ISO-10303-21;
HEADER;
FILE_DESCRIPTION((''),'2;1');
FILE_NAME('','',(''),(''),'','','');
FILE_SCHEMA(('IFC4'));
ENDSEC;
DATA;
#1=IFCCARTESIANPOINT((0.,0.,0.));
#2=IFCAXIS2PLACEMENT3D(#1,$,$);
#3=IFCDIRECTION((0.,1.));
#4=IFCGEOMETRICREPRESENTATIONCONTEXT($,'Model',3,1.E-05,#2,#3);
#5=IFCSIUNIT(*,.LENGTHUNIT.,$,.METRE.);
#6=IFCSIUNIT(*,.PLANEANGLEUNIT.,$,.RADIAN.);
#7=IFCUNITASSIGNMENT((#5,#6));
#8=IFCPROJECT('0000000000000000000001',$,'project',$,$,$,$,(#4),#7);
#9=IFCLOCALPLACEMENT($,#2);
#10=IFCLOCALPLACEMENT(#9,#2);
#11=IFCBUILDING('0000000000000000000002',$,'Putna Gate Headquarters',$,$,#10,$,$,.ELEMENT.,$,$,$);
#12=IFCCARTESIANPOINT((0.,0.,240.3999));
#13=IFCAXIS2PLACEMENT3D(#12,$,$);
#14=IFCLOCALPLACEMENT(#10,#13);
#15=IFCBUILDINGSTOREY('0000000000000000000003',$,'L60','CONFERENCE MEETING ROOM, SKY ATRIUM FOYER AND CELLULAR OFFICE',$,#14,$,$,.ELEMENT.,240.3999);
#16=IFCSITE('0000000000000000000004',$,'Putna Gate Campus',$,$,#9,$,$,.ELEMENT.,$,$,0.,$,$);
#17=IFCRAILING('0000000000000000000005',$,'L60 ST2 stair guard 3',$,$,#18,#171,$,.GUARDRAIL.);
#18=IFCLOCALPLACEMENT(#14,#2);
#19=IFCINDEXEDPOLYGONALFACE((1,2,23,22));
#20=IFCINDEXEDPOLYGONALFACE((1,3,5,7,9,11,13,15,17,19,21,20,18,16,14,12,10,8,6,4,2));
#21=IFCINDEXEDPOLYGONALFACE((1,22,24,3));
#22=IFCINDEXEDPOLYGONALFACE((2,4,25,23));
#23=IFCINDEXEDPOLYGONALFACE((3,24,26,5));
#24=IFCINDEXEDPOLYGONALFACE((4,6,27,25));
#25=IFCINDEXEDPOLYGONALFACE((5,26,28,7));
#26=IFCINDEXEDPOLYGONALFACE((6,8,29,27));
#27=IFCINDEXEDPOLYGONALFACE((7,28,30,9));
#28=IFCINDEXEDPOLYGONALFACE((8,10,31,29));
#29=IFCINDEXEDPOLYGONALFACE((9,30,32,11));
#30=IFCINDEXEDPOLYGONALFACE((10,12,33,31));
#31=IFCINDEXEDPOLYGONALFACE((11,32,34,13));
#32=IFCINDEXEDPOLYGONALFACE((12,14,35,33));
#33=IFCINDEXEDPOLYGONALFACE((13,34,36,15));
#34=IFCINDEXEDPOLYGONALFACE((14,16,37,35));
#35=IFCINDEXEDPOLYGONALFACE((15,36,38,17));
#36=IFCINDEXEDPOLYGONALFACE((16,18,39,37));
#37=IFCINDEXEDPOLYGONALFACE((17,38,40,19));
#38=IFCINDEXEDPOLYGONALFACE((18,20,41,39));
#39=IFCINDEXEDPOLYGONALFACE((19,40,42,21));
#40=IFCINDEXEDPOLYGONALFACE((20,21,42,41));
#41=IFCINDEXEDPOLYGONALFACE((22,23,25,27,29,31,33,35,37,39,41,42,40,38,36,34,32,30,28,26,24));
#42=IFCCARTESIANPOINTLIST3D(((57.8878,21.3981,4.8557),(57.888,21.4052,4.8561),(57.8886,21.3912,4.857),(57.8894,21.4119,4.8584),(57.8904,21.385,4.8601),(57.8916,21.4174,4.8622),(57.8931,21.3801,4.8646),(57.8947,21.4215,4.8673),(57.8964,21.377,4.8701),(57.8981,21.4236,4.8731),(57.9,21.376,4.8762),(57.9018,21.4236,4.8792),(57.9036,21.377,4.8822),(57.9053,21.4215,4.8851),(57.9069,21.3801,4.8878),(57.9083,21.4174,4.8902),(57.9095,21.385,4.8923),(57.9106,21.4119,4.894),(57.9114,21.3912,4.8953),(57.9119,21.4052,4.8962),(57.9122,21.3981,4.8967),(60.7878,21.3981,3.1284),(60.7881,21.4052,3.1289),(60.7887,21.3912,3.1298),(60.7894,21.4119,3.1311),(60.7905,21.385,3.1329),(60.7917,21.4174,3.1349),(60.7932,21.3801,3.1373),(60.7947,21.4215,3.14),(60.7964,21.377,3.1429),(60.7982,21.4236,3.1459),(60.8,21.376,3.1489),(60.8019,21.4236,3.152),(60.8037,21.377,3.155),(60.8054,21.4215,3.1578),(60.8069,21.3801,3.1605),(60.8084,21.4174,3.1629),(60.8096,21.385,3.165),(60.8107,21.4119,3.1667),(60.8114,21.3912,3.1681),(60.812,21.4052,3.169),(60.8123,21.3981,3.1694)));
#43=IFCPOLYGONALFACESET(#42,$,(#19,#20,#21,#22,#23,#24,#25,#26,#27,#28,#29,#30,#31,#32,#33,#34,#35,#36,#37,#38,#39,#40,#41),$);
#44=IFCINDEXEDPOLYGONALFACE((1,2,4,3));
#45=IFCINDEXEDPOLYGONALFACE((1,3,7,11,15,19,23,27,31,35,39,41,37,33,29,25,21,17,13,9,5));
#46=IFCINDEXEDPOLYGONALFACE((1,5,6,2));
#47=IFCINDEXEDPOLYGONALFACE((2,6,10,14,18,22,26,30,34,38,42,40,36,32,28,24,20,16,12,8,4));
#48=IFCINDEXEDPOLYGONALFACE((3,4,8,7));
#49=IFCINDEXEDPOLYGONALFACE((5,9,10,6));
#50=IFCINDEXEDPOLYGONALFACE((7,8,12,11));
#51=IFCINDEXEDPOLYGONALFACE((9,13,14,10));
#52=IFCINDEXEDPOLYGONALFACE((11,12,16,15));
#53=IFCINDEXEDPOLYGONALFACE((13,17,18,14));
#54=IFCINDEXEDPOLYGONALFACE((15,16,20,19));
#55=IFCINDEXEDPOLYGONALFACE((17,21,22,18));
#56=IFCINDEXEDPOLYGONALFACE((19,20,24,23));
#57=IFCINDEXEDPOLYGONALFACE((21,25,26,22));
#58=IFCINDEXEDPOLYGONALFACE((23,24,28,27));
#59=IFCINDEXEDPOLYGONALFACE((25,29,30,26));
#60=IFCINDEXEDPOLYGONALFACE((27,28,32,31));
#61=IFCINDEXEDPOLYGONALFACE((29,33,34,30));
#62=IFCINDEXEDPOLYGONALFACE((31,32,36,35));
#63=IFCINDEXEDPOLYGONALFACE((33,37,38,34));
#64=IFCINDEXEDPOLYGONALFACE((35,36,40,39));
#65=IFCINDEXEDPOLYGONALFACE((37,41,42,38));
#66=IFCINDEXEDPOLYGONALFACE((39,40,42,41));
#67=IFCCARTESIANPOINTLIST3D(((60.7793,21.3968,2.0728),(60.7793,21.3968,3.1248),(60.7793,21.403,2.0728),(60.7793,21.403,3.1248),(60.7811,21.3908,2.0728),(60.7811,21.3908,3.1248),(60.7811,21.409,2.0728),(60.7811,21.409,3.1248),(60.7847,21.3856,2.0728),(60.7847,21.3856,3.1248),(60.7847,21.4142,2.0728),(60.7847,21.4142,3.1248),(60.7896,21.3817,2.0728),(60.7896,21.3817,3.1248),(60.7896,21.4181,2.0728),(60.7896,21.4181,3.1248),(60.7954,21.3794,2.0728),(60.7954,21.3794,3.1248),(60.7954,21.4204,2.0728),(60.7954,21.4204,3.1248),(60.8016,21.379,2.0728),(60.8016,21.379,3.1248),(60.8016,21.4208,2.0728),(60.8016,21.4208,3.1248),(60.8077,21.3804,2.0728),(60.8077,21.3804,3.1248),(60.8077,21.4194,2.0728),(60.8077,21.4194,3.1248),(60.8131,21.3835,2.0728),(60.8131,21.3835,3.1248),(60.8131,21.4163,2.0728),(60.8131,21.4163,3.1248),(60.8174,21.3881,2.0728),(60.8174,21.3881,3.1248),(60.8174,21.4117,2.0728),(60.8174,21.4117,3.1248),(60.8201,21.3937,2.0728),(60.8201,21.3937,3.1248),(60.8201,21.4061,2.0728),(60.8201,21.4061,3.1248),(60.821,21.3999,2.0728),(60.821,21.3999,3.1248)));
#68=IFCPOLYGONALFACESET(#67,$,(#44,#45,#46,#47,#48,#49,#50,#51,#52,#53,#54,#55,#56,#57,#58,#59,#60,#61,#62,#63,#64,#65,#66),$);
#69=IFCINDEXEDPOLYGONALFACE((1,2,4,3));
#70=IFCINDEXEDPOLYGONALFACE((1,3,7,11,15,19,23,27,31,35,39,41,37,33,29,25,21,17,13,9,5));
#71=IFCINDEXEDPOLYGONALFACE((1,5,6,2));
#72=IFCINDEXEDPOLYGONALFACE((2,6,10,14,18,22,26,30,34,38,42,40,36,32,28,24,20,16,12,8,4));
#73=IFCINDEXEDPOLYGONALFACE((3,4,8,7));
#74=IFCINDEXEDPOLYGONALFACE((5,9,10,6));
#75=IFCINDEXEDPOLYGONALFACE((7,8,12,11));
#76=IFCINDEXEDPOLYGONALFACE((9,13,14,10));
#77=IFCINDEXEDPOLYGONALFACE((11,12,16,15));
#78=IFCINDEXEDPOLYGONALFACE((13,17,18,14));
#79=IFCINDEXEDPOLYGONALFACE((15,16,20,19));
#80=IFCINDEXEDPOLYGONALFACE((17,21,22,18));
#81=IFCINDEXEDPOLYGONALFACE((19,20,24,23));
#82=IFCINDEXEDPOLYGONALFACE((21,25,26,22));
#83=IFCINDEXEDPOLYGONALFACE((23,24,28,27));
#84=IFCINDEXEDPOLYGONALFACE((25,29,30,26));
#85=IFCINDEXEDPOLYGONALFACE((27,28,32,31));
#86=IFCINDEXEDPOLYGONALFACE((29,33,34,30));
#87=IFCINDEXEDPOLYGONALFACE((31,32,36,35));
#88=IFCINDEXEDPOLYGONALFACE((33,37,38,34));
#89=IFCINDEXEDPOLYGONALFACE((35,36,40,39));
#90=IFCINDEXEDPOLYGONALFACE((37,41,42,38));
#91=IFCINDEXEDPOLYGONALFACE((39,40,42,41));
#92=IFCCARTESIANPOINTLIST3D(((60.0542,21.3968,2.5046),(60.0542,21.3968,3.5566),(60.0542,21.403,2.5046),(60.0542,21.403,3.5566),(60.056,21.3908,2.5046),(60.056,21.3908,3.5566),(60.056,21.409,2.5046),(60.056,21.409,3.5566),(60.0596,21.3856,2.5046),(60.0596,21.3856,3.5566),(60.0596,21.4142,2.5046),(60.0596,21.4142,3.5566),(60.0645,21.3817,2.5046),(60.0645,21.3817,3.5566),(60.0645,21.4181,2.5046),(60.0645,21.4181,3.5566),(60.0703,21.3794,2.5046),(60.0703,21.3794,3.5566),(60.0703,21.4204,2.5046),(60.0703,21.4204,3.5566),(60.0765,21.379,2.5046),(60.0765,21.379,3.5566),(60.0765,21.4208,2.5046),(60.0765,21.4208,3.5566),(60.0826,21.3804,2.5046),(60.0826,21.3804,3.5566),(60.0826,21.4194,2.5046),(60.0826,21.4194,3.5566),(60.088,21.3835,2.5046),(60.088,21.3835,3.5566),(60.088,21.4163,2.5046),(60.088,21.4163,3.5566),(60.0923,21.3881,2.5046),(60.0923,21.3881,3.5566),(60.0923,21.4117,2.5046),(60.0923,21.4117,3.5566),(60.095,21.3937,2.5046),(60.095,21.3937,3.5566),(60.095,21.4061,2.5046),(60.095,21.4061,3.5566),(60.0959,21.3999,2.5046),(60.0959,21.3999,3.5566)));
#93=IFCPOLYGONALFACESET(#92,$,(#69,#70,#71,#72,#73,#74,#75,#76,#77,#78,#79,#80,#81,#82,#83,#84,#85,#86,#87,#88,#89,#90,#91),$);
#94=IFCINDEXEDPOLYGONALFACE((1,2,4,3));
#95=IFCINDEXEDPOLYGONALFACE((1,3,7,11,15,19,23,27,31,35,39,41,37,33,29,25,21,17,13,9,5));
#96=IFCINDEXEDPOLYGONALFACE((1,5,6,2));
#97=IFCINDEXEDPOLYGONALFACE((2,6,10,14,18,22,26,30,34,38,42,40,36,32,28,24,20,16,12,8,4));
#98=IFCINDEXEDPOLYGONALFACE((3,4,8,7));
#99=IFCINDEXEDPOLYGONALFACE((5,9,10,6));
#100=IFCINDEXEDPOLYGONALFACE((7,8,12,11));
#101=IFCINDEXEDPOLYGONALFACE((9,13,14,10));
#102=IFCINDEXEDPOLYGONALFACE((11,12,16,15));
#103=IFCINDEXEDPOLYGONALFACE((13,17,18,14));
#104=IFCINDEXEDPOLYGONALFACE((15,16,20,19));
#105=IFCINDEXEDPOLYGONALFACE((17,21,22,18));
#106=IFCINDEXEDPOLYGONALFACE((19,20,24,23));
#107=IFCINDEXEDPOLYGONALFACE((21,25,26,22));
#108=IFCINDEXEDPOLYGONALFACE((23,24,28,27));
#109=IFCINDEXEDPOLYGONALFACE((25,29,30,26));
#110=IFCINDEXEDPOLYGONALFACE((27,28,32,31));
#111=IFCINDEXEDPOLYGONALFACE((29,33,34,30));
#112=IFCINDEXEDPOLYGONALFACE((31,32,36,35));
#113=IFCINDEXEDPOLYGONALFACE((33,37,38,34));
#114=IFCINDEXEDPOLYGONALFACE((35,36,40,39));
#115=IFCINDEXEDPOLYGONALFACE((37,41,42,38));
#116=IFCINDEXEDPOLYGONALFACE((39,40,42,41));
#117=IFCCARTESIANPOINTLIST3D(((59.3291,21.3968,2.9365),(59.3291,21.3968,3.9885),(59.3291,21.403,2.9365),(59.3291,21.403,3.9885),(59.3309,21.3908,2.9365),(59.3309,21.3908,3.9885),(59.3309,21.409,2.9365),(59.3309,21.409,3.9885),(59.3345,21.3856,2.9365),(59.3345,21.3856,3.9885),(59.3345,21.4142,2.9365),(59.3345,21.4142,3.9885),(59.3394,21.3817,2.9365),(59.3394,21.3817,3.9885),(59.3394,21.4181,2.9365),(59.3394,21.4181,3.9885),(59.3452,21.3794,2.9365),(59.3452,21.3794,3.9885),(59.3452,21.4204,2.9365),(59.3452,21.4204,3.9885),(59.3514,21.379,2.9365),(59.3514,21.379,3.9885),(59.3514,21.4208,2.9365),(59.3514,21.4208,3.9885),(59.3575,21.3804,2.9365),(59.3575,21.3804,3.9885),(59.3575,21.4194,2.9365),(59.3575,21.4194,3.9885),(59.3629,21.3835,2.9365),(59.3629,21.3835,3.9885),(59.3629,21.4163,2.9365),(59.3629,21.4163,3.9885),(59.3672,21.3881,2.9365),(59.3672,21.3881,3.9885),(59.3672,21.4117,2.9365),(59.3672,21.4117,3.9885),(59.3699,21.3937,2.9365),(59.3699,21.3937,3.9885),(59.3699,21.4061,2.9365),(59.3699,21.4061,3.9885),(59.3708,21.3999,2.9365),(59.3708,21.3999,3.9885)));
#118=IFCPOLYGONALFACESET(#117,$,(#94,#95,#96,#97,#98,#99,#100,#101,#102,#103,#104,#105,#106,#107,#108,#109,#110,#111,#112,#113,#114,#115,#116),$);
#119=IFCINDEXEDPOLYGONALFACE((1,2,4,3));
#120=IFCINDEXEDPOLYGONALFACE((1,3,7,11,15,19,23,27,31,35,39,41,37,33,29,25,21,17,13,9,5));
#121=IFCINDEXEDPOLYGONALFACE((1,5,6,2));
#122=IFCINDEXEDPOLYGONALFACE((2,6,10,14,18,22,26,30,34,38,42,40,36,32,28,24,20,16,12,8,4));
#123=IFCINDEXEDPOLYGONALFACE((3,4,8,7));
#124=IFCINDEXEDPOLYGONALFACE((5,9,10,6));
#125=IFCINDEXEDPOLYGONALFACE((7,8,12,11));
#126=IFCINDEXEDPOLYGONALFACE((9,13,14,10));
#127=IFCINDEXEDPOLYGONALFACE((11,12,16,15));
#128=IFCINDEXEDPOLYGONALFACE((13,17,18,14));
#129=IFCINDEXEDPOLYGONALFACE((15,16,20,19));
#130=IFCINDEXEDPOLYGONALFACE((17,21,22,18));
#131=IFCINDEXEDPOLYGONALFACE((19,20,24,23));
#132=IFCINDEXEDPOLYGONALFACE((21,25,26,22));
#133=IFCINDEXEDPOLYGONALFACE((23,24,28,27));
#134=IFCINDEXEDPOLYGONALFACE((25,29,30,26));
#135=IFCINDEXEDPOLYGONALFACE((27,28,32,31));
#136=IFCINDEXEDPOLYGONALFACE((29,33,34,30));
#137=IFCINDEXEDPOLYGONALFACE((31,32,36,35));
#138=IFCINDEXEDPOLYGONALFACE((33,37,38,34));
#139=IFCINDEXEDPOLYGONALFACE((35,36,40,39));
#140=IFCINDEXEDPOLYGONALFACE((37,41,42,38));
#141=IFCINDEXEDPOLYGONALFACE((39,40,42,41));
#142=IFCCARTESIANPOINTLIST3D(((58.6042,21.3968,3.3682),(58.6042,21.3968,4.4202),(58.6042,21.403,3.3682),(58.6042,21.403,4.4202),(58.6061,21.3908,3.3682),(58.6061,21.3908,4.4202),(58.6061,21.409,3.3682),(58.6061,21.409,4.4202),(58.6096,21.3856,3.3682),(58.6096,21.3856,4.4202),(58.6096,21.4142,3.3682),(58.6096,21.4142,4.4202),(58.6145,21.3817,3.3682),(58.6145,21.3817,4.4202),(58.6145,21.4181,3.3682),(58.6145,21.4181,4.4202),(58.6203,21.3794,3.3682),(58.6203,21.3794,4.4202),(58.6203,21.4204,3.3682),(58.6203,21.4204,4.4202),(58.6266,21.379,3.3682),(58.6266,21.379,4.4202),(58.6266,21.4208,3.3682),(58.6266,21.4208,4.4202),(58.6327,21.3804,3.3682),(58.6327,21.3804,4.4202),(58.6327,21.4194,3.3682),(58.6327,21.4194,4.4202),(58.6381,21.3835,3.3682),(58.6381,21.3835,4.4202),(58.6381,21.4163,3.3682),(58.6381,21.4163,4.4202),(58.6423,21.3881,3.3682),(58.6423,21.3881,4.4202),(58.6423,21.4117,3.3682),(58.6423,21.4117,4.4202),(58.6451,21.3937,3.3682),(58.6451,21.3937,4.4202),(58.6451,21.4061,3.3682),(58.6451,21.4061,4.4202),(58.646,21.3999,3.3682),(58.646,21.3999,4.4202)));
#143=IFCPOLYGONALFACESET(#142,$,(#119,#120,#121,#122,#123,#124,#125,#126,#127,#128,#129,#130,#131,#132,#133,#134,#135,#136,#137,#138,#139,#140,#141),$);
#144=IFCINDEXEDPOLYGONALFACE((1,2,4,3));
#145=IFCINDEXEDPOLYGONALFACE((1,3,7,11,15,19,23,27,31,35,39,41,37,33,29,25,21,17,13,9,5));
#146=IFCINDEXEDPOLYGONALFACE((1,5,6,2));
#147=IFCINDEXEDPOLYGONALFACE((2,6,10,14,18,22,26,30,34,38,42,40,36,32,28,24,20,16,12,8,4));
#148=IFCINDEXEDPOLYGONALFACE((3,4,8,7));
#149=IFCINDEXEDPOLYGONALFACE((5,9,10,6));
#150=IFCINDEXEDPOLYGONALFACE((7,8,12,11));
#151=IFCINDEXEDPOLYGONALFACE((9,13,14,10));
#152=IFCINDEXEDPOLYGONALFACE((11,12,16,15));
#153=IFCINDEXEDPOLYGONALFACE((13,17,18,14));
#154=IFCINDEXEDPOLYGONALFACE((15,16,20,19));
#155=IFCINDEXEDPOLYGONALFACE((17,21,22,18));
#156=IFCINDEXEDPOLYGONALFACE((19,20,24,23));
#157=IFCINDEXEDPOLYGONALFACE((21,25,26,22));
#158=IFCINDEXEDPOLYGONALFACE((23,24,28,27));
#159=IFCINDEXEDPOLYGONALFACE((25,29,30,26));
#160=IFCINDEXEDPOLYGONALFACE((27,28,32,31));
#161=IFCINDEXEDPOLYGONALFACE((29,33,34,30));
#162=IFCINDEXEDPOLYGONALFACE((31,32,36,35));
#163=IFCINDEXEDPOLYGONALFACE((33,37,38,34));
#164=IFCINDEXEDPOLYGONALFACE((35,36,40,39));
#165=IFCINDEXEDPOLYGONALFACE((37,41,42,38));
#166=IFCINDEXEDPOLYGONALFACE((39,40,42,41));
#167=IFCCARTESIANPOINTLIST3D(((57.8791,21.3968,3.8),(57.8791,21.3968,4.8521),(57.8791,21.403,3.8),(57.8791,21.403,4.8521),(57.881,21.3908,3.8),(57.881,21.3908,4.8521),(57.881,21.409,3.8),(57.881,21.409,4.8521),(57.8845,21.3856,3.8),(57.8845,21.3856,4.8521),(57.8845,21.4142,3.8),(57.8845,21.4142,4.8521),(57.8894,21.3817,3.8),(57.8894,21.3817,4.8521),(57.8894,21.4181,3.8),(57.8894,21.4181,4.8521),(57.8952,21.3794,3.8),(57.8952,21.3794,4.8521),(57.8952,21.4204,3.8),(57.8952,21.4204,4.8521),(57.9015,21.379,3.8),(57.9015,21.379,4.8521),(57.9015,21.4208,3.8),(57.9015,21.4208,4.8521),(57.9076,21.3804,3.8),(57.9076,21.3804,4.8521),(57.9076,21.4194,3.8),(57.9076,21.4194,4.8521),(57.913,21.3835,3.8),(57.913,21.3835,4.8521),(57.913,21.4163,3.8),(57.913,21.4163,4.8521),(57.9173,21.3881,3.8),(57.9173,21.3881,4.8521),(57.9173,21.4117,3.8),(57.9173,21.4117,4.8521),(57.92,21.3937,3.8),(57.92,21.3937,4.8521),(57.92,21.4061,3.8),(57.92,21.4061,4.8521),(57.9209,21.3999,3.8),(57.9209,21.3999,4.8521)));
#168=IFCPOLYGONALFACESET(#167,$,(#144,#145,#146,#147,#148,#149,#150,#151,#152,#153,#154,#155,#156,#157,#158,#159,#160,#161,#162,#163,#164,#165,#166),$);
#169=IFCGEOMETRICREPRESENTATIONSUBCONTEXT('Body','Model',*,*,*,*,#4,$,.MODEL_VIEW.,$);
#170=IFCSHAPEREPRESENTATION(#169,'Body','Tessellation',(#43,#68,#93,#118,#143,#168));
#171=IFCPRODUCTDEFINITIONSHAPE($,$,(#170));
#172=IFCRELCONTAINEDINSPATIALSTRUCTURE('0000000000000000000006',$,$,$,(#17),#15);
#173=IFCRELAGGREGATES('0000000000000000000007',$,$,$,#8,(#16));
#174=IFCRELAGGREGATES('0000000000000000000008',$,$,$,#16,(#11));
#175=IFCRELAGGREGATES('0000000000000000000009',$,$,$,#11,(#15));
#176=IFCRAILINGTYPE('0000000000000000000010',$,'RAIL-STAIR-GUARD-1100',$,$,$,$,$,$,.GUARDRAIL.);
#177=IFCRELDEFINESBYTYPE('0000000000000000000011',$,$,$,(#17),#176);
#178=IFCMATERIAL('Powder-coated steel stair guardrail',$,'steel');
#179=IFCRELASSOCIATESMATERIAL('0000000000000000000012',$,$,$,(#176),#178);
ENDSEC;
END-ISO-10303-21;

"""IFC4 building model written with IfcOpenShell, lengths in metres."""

from ifc_helpers import new_model, si_unit, direction, frame, origin, origin_2d, place, context, subcontext, project, spatial, circle, extrude, material, type_object, element, save


model = new_model("IFC4")

# Units and contexts
model_context = context("Model", 3, precision=1e-05, world=origin(), true_north=direction((0.0, 1.0)))
body_context = subcontext(model_context, "Body", "Model", "MODEL_VIEW")
ifc_project = project(units=[si_unit("LENGTHUNIT", "METRE"), si_unit("PLANEANGLEUNIT", "RADIAN")], contexts=[model_context])

# Site, building, storey
site_placement = place(None, origin())
site = spatial("IfcSite", under=ifc_project, at=site_placement, Name="Putna Gate Campus", CompositionType="ELEMENT", RefElevation=0.0)
building_placement = place(site_placement, origin())
building = spatial("IfcBuilding", under=site, at=building_placement, Name="Putna Gate Headquarters", CompositionType="ELEMENT")
storey_placement = place(building_placement, frame((0.0, 0.0, 240.3999)))
storey = spatial("IfcBuildingStorey", under=building, at=storey_placement, Name="L60", Description="CONFERENCE MEETING ROOM, SKY ATRIUM FOYER AND CELLULAR OFFICE", CompositionType="ELEMENT", Elevation=240.3999)

# Railing
ifc_material_1 = material(Name="Powder-coated steel stair guardrail", Category="steel")
railing_type_1 = type_object("IfcRailingType", Name="RAIL-STAIR-GUARD-1100", PredefinedType="GUARDRAIL", material=ifc_material_1)
railing_1_placement = place(storey_placement, frame((60.8, 21.3999, 2.0728)))
element("IfcRailing", 1, at=railing_1_placement, inside=storey, type_object=railing_type_1, Name="L60 ST2 stair guard 3", PredefinedType="GUARDRAIL", context=body_context, shape_type="SweptSolid", body=[
    extrude(circle(Radius=0.0239, at=origin_2d()), frame((0.0, 0.0, 1.0762), z_axis=(-0.85916, 0.0, 0.511706), x_axis=(0.0, -1.0, 0.0)), (0.0, 0.0, 1.0), 3.3755),
    extrude(circle(Radius=0.021, at=origin_2d()), origin(), (0.0, 0.0, 1.0), 1.052),
    extrude(circle(Radius=0.021, at=origin_2d()), frame((-0.7251, 0.0, 0.4319)), (0.0, 0.0, 1.0), 1.052),
    extrude(circle(Radius=0.021, at=origin_2d()), frame((-1.4502, 0.0, 0.8638)), (0.0, 0.0, 1.0), 1.052),
    extrude(circle(Radius=0.021, at=origin_2d()), frame((-2.175, 0.0, 1.2954)), (0.0, 0.0, 1.0), 1.052),
    extrude(circle(Radius=0.021, at=origin_2d()), frame((-2.9001, 0.0, 1.7273)), (0.0, 0.0, 1.0), 1.052),
])

save(model, "model.ifc")
